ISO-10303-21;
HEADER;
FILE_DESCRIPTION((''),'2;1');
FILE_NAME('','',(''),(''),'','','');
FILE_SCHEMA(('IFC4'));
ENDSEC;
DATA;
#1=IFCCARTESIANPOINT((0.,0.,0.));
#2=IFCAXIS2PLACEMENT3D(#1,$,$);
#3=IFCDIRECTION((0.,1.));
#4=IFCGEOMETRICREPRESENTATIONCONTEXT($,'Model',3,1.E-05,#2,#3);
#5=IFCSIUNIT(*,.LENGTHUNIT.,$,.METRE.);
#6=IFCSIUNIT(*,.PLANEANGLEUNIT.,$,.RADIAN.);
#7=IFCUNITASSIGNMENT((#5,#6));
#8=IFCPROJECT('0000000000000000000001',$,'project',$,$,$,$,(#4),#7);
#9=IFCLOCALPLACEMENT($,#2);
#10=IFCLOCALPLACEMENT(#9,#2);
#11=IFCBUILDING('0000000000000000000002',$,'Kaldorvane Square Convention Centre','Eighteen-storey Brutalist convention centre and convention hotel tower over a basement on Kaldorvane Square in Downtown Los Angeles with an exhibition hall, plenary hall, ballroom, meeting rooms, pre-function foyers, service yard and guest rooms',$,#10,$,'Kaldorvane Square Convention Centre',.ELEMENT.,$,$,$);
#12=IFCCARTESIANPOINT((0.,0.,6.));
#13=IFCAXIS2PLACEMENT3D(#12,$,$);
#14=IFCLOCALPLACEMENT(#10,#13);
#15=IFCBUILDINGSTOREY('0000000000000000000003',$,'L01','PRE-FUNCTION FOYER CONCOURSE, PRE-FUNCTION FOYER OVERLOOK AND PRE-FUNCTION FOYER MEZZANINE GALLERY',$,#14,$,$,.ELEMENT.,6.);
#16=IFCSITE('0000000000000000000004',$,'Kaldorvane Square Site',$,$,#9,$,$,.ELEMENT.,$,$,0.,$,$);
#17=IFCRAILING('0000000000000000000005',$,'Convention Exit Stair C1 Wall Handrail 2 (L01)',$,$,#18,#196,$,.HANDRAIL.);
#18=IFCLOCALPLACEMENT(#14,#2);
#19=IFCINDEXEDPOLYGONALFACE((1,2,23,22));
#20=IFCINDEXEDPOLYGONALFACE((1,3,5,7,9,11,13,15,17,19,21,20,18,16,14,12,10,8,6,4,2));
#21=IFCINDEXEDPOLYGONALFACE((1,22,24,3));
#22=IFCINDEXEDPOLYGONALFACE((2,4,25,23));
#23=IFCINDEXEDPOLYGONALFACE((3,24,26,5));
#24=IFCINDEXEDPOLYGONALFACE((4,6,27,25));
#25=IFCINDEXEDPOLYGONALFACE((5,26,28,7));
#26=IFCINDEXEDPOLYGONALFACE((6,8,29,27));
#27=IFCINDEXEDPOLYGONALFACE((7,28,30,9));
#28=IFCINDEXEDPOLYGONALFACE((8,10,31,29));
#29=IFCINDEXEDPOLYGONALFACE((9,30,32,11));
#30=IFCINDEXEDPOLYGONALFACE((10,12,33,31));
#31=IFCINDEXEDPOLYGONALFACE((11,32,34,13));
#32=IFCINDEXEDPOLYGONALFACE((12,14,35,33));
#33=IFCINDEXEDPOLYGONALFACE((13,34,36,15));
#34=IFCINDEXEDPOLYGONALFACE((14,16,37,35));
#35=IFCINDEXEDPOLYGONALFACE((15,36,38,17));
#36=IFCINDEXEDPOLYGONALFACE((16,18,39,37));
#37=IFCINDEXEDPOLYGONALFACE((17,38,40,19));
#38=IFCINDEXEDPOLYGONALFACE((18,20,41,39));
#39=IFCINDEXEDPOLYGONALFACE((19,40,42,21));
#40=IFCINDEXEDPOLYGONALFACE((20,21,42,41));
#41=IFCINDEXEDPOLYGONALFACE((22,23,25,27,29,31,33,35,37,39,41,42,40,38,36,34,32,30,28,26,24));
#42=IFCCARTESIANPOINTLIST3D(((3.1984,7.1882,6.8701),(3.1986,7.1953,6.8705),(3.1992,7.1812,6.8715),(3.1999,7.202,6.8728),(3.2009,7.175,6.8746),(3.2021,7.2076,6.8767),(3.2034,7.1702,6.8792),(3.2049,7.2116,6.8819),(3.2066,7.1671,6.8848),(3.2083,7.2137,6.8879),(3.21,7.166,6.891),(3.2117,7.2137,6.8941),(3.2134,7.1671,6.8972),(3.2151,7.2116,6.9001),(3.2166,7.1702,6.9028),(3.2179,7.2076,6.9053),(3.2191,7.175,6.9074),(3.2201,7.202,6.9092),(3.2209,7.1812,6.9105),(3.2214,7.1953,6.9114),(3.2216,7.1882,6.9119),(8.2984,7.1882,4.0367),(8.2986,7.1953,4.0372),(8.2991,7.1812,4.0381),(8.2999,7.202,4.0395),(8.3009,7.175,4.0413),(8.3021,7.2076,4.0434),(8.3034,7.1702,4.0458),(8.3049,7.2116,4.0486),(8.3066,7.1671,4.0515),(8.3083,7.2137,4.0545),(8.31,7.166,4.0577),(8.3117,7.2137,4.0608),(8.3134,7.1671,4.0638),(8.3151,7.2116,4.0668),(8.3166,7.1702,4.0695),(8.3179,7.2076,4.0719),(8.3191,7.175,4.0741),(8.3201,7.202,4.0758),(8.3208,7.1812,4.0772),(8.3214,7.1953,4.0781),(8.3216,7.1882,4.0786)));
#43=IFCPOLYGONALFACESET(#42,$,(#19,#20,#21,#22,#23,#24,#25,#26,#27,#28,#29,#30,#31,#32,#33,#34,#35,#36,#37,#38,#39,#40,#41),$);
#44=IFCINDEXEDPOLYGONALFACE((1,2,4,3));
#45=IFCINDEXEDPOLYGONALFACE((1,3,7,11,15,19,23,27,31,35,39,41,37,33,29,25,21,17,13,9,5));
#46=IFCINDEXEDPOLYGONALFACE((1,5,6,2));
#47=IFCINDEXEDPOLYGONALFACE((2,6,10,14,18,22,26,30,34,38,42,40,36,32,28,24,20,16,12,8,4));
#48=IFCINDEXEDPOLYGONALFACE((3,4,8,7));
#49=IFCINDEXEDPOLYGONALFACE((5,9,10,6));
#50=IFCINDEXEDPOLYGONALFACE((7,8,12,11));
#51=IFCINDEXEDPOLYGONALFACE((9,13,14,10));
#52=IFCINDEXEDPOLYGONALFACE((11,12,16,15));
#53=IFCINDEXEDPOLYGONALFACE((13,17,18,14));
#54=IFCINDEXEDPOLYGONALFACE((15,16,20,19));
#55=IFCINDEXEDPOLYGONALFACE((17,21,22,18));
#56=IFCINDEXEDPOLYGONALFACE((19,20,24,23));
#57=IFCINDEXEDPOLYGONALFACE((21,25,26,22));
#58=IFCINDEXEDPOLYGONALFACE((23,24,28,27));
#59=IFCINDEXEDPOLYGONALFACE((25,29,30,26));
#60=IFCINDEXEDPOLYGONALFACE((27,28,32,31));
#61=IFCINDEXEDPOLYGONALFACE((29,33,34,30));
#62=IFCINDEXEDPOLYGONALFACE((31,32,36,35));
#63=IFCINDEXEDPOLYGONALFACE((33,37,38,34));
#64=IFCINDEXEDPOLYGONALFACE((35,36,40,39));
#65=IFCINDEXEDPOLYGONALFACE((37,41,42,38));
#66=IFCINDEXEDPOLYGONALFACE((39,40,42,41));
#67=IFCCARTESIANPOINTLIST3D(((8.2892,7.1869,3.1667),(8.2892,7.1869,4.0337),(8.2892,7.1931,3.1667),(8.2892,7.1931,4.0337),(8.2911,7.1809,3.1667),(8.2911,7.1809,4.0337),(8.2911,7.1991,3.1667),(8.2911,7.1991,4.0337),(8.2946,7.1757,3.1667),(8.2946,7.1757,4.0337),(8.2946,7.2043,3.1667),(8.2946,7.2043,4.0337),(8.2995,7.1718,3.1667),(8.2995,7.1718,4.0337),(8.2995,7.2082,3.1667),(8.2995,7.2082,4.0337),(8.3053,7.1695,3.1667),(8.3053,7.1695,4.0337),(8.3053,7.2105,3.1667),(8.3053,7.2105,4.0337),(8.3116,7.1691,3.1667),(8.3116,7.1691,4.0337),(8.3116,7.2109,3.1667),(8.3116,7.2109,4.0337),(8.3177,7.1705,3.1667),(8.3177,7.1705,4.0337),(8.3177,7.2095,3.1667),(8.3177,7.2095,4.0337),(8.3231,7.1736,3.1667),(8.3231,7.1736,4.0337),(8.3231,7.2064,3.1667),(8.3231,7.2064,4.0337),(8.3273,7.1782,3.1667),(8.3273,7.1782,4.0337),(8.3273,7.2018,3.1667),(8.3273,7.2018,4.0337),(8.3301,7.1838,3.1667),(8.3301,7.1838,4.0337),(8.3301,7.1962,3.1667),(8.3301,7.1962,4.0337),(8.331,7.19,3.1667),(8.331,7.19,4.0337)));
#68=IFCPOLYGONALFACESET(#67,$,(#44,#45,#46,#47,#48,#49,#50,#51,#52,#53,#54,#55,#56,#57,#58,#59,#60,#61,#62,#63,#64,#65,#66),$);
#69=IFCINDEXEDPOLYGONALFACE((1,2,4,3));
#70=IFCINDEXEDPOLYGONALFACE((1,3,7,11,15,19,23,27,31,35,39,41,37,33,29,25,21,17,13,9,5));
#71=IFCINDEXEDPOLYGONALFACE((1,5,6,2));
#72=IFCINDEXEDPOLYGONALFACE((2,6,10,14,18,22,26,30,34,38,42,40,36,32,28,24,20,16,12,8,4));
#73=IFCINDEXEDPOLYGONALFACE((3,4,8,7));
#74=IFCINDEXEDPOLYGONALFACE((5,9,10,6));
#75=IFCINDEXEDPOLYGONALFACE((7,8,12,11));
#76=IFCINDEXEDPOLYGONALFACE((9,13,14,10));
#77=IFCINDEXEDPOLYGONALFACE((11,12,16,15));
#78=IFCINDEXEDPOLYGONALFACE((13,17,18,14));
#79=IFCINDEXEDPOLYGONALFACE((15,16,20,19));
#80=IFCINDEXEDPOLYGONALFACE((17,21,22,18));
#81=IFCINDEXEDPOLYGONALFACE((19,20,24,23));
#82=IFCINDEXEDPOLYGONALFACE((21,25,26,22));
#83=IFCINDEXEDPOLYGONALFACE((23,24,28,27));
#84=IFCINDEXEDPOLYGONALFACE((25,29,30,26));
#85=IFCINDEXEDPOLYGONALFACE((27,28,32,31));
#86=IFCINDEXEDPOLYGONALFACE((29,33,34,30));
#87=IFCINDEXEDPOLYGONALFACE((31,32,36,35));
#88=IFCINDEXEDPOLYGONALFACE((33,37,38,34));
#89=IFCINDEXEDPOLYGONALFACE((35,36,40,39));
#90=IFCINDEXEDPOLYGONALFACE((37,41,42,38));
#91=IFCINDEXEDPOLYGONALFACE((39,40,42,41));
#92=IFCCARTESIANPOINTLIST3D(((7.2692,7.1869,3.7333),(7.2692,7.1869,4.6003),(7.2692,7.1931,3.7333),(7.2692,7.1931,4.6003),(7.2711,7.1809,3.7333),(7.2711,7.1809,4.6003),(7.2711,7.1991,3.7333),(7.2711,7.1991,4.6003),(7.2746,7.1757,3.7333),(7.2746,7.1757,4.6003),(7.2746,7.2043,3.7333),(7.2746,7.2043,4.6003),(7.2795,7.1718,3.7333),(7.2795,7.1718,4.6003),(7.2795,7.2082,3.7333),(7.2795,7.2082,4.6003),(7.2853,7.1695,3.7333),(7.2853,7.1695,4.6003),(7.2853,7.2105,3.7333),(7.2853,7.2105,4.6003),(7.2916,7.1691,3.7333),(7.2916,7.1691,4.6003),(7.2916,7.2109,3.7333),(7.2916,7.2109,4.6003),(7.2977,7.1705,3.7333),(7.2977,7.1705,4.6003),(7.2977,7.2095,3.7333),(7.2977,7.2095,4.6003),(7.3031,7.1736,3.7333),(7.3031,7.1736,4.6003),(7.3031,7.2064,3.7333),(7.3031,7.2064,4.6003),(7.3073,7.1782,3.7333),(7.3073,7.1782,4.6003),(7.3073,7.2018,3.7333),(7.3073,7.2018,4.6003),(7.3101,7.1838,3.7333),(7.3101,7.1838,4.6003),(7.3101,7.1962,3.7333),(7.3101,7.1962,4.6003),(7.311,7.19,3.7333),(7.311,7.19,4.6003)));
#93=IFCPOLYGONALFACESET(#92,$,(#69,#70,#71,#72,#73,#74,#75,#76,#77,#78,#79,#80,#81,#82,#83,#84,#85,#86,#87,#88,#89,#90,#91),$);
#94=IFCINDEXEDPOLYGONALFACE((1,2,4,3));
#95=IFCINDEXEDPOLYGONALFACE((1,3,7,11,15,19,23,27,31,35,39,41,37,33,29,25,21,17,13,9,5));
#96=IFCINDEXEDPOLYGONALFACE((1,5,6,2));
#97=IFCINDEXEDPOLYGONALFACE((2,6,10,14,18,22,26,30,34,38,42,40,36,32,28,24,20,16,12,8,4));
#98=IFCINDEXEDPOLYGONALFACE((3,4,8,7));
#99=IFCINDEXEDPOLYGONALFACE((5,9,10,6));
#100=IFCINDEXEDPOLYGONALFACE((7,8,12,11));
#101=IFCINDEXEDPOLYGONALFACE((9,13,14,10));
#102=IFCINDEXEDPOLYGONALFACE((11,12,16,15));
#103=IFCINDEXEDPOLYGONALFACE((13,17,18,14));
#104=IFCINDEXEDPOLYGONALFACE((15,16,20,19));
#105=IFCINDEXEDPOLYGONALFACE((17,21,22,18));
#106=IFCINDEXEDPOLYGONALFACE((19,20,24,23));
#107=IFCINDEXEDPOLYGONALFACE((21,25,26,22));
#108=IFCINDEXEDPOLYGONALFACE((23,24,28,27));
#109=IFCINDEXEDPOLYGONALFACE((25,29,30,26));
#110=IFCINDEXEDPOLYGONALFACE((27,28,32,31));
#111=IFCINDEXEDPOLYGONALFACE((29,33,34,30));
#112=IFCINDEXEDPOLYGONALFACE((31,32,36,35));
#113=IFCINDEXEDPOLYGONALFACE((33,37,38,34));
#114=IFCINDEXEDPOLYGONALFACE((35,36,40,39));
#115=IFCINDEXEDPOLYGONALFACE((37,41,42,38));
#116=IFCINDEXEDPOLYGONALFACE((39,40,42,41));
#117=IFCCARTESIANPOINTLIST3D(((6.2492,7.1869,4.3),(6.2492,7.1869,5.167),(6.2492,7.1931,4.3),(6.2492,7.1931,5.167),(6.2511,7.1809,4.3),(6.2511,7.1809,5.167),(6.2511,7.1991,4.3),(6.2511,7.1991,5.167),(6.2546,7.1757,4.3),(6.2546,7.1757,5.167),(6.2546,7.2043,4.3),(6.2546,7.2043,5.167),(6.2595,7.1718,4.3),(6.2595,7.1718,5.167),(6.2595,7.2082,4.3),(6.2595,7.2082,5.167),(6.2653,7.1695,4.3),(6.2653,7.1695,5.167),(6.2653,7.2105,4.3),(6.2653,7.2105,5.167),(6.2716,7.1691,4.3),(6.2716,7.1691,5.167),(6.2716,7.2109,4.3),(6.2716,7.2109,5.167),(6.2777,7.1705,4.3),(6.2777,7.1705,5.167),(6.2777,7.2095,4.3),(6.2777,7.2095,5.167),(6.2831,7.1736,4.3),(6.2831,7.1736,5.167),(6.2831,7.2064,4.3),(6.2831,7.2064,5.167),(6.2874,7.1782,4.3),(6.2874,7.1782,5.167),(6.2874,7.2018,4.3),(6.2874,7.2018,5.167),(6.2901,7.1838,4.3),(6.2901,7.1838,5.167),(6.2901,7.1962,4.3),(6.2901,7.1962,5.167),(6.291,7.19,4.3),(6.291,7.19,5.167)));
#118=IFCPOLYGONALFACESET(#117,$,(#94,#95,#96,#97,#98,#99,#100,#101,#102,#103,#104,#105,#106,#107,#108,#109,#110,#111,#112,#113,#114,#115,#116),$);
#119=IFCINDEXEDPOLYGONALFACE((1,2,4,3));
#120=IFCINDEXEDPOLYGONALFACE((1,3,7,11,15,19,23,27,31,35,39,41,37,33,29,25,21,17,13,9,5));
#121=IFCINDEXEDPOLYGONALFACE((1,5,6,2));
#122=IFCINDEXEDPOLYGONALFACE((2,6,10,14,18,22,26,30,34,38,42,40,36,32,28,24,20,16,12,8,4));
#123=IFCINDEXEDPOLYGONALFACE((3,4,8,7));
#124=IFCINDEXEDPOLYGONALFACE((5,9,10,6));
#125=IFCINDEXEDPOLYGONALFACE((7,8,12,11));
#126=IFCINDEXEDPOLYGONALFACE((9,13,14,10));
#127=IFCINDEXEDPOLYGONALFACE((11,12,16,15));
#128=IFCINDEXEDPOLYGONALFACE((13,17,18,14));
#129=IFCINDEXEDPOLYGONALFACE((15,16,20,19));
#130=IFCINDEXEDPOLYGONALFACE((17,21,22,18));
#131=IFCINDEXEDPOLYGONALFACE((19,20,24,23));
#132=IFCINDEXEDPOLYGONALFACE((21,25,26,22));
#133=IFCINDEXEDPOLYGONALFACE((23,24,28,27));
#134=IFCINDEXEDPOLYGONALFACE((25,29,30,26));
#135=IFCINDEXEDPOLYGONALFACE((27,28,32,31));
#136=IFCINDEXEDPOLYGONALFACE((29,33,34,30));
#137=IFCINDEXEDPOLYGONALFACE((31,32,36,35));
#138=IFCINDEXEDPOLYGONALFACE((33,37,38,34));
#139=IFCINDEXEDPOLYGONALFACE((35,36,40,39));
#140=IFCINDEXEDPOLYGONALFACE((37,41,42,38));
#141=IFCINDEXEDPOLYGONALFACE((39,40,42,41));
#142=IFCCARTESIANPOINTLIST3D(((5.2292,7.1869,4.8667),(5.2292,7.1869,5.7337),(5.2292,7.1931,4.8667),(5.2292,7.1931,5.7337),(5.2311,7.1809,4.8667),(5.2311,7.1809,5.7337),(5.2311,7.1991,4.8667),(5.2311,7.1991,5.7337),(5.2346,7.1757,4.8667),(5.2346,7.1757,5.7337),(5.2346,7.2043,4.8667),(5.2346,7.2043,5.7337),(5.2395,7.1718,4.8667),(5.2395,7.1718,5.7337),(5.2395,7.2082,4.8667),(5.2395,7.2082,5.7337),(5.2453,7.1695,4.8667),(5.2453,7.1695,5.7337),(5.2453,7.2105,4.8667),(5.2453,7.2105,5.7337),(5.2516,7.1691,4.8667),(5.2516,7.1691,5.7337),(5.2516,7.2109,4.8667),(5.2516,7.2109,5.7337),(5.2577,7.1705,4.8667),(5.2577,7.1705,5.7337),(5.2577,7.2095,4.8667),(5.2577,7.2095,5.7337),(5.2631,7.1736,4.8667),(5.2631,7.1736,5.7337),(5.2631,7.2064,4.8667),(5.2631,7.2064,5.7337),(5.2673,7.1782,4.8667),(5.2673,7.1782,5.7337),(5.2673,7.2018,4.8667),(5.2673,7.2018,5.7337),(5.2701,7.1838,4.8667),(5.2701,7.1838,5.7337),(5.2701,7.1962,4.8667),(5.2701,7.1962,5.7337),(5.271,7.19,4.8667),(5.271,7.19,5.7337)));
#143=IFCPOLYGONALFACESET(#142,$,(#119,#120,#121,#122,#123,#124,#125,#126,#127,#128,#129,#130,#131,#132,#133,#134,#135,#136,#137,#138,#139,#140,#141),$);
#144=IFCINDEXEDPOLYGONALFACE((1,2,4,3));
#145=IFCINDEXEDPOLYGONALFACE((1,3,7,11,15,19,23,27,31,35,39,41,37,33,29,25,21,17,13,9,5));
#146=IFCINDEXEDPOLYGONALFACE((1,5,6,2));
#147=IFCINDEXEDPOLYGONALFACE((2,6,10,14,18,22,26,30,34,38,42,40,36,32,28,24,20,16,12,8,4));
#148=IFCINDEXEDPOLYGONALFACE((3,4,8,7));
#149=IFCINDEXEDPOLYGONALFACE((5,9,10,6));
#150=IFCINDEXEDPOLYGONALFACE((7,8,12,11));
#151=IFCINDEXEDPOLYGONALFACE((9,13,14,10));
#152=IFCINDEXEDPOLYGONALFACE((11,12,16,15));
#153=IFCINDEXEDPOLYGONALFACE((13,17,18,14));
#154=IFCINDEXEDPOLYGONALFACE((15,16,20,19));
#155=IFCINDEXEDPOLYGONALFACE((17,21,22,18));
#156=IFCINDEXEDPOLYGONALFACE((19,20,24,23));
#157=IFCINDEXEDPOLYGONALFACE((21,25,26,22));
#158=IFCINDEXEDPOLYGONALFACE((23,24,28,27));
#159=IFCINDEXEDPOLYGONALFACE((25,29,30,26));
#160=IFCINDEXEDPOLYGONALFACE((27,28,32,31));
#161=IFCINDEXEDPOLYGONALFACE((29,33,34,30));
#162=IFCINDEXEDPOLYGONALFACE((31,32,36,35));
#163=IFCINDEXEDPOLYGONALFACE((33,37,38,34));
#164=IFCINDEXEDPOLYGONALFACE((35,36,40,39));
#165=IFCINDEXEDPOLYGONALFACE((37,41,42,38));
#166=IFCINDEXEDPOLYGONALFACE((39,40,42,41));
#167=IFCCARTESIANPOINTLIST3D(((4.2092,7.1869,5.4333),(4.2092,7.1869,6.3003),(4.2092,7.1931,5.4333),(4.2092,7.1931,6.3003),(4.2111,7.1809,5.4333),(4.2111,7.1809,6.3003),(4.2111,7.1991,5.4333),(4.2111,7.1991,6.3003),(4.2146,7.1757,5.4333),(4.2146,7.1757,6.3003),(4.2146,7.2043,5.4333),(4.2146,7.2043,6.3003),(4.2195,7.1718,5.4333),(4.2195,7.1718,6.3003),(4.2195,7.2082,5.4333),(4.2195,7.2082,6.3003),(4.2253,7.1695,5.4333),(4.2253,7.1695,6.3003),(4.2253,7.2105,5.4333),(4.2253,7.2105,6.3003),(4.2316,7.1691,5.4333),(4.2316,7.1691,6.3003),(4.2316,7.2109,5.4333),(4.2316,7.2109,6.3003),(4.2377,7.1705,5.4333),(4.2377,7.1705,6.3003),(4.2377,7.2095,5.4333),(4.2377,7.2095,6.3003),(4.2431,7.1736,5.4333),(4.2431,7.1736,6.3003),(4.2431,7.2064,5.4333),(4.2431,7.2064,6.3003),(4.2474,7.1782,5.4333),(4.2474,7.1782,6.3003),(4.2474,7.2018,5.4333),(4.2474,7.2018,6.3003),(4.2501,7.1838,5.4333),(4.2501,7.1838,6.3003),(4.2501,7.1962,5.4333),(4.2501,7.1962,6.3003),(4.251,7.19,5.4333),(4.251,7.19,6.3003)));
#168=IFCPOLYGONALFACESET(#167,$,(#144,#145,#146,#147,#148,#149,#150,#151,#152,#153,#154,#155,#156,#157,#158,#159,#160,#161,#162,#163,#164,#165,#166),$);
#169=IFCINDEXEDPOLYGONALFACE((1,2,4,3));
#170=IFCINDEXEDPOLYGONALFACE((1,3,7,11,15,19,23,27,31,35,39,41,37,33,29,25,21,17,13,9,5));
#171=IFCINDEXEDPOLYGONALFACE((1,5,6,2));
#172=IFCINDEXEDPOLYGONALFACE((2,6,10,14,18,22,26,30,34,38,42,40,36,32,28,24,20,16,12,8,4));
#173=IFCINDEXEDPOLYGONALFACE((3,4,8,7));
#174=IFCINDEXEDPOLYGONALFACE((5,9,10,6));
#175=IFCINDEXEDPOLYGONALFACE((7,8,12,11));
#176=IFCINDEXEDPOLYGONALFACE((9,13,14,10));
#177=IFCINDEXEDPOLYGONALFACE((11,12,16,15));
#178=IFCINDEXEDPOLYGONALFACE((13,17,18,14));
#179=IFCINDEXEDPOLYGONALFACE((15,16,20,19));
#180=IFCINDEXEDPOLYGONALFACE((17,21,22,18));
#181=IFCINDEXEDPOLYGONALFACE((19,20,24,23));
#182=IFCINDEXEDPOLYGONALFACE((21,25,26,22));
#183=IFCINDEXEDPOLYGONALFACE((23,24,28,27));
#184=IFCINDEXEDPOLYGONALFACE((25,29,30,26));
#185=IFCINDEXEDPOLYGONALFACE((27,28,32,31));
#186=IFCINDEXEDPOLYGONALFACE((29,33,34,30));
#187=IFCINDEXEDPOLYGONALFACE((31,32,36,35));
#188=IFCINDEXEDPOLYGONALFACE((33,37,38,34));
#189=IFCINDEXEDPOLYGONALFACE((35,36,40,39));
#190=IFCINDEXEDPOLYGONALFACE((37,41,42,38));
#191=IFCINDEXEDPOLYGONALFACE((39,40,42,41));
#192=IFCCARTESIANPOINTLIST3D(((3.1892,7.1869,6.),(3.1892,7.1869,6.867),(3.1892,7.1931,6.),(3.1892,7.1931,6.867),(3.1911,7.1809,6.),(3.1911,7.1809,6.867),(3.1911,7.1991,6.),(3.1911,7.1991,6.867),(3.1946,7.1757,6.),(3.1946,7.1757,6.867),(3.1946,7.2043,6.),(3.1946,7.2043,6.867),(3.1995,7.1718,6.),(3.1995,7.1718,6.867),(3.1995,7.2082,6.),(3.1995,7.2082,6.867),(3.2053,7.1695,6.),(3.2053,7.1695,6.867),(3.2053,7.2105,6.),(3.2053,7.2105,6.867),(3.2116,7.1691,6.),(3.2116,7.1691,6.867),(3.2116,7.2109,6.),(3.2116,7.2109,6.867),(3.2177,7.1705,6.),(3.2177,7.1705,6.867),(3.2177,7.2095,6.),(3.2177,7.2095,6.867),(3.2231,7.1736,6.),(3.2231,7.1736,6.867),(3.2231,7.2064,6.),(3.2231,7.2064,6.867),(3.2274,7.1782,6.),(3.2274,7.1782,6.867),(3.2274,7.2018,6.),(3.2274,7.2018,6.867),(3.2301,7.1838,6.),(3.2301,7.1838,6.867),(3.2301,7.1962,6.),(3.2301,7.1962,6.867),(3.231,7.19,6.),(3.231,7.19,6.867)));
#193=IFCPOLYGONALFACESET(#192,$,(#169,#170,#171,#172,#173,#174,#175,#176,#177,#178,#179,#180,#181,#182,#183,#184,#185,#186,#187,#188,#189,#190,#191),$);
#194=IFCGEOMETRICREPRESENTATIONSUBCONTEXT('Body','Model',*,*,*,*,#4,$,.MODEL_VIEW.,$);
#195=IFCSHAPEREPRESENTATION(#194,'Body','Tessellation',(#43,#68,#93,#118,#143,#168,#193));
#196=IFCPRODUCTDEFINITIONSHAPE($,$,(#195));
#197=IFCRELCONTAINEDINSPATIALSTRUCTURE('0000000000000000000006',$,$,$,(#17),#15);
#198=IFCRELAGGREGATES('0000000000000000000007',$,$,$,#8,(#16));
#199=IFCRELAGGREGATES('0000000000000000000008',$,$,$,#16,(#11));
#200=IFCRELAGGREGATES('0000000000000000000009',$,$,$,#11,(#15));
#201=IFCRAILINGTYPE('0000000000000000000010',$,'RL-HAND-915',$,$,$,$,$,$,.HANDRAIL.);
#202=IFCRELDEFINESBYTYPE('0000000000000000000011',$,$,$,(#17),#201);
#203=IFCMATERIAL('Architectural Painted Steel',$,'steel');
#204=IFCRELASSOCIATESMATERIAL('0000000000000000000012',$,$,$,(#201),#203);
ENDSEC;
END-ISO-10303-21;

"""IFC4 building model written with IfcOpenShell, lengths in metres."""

from ifc_helpers import new_model, si_unit, direction, frame, origin, origin_2d, place, context, subcontext, project, spatial, circle, extrude, material, type_object, element, save


model = new_model("IFC4")

# Units and contexts
model_context = context("Model", 3, precision=1e-05, world=origin(), true_north=direction((0.0, 1.0)))
body_context = subcontext(model_context, "Body", "Model", "MODEL_VIEW")
ifc_project = project(units=[si_unit("LENGTHUNIT", "METRE"), si_unit("PLANEANGLEUNIT", "RADIAN")], contexts=[model_context])

# Site, building, storey
site_placement = place(None, origin())
site = spatial("IfcSite", under=ifc_project, at=site_placement, Name="Kaldorvane Square Site", CompositionType="ELEMENT", RefElevation=0.0)
building_placement = place(site_placement, origin())
building = spatial("IfcBuilding", under=site, at=building_placement, Name="Kaldorvane Square Convention Centre", Description="Eighteen-storey Brutalist convention centre and convention hotel tower over a basement on Kaldorvane Square in Downtown Los Angeles with an exhibition hall, plenary hall, ballroom, meeting rooms, pre-function foyers, service yard and guest rooms", LongName="Kaldorvane Square Convention Centre", CompositionType="ELEMENT")
storey_placement = place(building_placement, frame((0.0, 0.0, 6.0)))
storey = spatial("IfcBuildingStorey", under=building, at=storey_placement, Name="L01", Description="PRE-FUNCTION FOYER CONCOURSE, PRE-FUNCTION FOYER OVERLOOK AND PRE-FUNCTION FOYER MEZZANINE GALLERY", CompositionType="ELEMENT", Elevation=6.0)

# Railing
ifc_material_1 = material(Name="Architectural Painted Steel", Category="steel")
railing_type_1 = type_object("IfcRailingType", Name="RL-HAND-915", PredefinedType="HANDRAIL", material=ifc_material_1)
railing_1_placement = place(storey_placement, frame((8.31, 7.19, 3.1667)))
element("IfcRailing", 1, at=railing_1_placement, inside=storey, type_object=railing_type_1, Name="Convention Exit Stair C1 Wall Handrail 2 (L01)", PredefinedType="HANDRAIL", context=body_context, shape_type="SweptSolid", body=[
    extrude(circle(Radius=0.024, at=origin_2d()), frame((0.0, 0.0, 0.891), z_axis=(-0.874157, 0.0, 0.485643), x_axis=(0.0, -1.0, 0.0)), (0.0, 0.0, 1.0), 5.8342),
    extrude(circle(Radius=0.021, at=origin_2d()), origin(), (0.0, 0.0, 1.0), 0.867),
    extrude(circle(Radius=0.021, at=origin_2d()), frame((-1.02, 0.0, 0.5667)), (0.0, 0.0, 1.0), 0.867),
    extrude(circle(Radius=0.021, at=origin_2d()), frame((-2.04, 0.0, 1.1333)), (0.0, 0.0, 1.0), 0.867),
    extrude(circle(Radius=0.021, at=origin_2d()), frame((-3.06, 0.0, 1.7)), (0.0, 0.0, 1.0), 0.867),
    extrude(circle(Radius=0.021, at=origin_2d()), frame((-4.08, 0.0, 2.2667)), (0.0, 0.0, 1.0), 0.867),
    extrude(circle(Radius=0.021, at=origin_2d()), frame((-5.1, 0.0, 2.8333)), (0.0, 0.0, 1.0), 0.867),
])

save(model, "model.ifc")
